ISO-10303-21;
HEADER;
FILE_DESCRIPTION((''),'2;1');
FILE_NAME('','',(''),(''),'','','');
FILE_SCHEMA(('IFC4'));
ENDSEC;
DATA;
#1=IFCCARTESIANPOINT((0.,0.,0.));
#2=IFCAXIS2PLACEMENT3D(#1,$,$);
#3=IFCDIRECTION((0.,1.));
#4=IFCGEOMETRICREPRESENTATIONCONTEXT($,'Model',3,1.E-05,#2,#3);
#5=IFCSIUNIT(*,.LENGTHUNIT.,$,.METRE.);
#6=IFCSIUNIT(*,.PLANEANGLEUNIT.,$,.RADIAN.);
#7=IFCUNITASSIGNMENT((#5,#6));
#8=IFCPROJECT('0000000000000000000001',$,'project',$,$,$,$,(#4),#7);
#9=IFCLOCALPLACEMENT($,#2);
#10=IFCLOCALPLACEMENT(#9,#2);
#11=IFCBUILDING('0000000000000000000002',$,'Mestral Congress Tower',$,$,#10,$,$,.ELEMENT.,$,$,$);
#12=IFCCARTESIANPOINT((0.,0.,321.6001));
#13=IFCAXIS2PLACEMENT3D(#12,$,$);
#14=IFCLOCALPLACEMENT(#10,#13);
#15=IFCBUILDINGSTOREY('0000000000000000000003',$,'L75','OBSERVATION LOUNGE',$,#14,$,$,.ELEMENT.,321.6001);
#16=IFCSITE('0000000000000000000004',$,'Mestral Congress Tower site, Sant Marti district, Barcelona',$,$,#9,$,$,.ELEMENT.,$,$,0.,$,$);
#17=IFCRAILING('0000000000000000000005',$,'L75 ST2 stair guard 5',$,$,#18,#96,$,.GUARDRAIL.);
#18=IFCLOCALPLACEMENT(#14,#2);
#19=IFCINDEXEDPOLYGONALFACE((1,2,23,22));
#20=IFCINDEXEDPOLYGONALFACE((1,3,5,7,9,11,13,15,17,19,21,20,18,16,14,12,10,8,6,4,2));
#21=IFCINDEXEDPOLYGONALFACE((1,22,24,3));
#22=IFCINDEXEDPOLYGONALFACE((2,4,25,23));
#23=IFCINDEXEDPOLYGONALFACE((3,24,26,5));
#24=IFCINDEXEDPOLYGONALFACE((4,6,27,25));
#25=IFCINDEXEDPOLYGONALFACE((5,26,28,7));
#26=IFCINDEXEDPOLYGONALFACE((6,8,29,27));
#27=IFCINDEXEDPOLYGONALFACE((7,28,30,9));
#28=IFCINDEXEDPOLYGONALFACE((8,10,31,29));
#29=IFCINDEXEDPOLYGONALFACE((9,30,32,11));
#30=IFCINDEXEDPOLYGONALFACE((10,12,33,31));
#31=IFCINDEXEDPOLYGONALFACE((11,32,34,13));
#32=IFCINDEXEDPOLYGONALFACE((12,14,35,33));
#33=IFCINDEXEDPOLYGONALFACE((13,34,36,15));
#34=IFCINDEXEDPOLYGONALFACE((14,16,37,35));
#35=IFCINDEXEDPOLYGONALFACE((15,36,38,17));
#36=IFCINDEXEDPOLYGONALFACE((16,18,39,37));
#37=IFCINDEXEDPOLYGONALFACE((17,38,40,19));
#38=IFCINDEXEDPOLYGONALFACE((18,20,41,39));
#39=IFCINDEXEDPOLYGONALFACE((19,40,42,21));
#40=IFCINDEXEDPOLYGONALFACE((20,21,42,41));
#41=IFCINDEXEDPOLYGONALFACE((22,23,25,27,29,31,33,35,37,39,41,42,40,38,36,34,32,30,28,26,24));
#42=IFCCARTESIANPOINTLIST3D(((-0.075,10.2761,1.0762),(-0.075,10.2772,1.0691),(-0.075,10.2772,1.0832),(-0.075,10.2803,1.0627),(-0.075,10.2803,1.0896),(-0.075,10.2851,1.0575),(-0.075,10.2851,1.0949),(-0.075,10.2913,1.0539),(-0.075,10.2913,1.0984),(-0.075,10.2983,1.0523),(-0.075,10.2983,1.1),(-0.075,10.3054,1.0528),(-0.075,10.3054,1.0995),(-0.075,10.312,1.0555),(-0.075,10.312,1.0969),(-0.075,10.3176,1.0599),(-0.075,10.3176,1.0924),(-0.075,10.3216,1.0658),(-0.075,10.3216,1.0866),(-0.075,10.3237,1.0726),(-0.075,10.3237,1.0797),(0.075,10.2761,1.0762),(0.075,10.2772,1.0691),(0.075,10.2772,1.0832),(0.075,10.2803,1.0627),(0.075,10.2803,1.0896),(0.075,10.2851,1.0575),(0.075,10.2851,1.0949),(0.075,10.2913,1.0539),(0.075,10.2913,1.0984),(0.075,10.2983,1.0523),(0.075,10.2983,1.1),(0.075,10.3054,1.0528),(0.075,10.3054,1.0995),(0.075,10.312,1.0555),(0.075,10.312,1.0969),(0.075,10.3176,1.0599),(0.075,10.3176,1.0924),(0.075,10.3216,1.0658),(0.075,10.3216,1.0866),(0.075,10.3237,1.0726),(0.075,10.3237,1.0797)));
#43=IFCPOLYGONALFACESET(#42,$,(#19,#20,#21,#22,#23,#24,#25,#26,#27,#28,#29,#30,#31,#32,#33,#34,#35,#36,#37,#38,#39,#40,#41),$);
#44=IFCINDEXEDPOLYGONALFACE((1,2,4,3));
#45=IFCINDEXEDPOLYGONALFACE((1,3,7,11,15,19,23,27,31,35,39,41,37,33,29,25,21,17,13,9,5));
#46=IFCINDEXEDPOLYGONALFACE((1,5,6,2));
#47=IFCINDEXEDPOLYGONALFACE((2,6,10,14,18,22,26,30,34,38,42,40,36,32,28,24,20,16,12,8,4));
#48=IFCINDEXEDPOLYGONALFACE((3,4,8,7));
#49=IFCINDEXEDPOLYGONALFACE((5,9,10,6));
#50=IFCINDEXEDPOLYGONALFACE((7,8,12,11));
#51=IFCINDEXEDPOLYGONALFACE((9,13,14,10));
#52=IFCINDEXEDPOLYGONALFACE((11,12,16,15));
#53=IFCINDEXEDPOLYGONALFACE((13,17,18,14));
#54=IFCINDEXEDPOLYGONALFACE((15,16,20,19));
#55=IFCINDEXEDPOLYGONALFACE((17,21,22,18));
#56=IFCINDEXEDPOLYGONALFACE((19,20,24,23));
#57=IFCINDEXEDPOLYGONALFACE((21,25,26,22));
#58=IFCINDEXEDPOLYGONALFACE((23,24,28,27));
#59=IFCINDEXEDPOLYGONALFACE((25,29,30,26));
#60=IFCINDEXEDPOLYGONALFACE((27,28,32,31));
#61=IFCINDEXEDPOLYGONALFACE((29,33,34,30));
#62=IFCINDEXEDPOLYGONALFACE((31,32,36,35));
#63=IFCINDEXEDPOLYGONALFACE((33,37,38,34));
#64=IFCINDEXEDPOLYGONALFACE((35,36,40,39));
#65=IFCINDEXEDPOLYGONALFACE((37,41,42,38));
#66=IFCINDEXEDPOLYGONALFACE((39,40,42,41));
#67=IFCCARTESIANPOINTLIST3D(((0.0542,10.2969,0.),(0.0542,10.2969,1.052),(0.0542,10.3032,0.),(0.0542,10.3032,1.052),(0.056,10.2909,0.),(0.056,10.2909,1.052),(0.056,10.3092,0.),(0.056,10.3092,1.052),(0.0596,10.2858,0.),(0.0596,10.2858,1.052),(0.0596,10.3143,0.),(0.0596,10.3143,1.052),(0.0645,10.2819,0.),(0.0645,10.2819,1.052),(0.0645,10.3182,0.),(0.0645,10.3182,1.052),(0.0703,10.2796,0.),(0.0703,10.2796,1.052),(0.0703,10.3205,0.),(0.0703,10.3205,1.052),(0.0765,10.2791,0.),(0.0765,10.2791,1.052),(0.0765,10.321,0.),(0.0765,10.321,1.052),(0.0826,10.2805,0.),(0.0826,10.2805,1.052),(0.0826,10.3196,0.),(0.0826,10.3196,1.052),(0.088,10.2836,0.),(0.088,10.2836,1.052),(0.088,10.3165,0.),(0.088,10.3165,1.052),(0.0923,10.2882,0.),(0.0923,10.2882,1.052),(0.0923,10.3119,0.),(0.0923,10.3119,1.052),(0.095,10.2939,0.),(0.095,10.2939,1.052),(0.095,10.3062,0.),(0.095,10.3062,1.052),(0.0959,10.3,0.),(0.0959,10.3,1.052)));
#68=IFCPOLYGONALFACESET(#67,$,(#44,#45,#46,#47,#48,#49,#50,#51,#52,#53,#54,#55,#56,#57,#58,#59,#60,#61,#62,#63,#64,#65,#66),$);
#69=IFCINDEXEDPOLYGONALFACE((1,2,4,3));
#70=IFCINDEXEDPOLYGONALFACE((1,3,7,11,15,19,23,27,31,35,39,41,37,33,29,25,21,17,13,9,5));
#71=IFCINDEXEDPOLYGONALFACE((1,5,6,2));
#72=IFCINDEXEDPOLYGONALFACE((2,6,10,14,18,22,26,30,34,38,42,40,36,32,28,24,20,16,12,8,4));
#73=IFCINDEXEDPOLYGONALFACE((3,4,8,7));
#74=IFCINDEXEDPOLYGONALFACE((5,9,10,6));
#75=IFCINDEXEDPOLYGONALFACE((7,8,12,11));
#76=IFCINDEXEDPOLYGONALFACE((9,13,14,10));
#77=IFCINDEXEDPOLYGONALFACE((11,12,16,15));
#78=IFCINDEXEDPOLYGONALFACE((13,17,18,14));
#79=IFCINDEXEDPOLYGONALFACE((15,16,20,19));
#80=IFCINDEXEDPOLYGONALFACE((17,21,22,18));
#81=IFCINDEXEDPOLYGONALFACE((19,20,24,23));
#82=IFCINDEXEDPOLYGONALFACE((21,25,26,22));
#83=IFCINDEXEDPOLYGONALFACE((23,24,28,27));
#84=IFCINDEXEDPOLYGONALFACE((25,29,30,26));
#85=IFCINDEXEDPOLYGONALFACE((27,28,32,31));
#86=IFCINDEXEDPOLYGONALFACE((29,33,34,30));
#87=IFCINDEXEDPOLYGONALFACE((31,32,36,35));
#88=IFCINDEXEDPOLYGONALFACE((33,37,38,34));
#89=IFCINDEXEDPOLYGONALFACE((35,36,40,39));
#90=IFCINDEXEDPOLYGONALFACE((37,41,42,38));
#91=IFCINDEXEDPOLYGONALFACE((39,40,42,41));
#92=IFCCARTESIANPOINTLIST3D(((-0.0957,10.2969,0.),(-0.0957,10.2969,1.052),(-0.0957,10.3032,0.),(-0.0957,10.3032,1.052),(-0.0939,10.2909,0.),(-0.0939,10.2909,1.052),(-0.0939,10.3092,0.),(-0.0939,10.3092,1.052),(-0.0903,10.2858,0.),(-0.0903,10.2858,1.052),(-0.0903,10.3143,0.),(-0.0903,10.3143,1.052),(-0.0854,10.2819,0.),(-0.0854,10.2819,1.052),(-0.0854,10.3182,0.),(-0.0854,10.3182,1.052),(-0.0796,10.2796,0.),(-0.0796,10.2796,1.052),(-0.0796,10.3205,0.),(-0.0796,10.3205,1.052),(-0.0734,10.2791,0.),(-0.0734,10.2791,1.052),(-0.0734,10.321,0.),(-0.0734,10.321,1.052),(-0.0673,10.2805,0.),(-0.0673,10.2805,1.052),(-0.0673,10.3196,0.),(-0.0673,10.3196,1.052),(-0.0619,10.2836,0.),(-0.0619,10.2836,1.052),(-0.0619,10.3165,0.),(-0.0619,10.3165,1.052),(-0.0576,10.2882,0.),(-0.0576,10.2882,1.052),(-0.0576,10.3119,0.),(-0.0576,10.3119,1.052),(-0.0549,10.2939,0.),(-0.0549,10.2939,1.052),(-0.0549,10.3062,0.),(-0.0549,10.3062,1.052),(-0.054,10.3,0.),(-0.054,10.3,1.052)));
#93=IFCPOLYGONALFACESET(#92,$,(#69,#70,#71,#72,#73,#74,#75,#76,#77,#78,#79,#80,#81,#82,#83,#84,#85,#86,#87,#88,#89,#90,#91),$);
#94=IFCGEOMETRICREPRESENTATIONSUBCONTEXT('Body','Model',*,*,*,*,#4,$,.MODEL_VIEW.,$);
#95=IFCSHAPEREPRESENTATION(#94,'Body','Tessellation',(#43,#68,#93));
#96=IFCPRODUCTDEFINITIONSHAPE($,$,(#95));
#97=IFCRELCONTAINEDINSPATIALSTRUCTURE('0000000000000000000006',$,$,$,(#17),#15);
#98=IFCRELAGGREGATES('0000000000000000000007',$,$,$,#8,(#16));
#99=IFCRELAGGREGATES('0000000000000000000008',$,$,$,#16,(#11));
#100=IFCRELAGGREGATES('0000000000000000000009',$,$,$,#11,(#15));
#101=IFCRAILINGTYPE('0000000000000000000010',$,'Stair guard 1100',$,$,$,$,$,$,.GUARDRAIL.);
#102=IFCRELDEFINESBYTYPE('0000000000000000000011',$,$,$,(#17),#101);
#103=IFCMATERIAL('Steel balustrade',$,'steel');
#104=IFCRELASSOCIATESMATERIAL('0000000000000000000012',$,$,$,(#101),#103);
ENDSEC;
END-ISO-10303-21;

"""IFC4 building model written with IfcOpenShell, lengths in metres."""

from ifc_helpers import new_model, si_unit, direction, frame, origin, origin_2d, place, context, subcontext, project, spatial, circle, extrude, material, type_object, element, save


model = new_model("IFC4")

# Units and contexts
model_context = context("Model", 3, precision=1e-05, world=origin(), true_north=direction((0.0, 1.0)))
body_context = subcontext(model_context, "Body", "Model", "MODEL_VIEW")
ifc_project = project(units=[si_unit("LENGTHUNIT", "METRE"), si_unit("PLANEANGLEUNIT", "RADIAN")], contexts=[model_context])

# Site, building, storey
site_placement = place(None, origin())
site = spatial("IfcSite", under=ifc_project, at=site_placement, Name="Mestral Congress Tower site, Sant Marti district, Barcelona", CompositionType="ELEMENT", RefElevation=0.0)
building_placement = place(site_placement, origin())
building = spatial("IfcBuilding", under=site, at=building_placement, Name="Mestral Congress Tower", CompositionType="ELEMENT")
storey_placement = place(building_placement, frame((0.0, 0.0, 321.6001)))
storey = spatial("IfcBuildingStorey", under=building, at=storey_placement, Name="L75", Description="OBSERVATION LOUNGE", CompositionType="ELEMENT", Elevation=321.6001)

# Railing
ifc_material_1 = material(Name="Steel balustrade", Category="steel")
railing_type_1 = type_object("IfcRailingType", Name="Stair guard 1100", PredefinedType="GUARDRAIL", material=ifc_material_1)
railing_1_placement = place(storey_placement, frame((0.075, 10.3, 0.0)))
element("IfcRailing", 1, at=railing_1_placement, inside=storey, type_object=railing_type_1, Name="L75 ST2 stair guard 5", PredefinedType="GUARDRAIL", context=body_context, shape_type="SweptSolid", body=[
    extrude(circle(Radius=0.0239, at=origin_2d()), frame((0.0, 0.0, 1.0762), z_axis=(-1.0, 0.0, 0.0), x_axis=(0.0, -1.0, 0.0)), (0.0, 0.0, 1.0), 0.1499),
    extrude(circle(Radius=0.021, at=origin_2d()), origin(), (0.0, 0.0, 1.0), 1.052),
    extrude(circle(Radius=0.021, at=origin_2d()), frame((-0.1499, 0.0, 0.0)), (0.0, 0.0, 1.0), 1.052),
])

save(model, "model.ifc")
